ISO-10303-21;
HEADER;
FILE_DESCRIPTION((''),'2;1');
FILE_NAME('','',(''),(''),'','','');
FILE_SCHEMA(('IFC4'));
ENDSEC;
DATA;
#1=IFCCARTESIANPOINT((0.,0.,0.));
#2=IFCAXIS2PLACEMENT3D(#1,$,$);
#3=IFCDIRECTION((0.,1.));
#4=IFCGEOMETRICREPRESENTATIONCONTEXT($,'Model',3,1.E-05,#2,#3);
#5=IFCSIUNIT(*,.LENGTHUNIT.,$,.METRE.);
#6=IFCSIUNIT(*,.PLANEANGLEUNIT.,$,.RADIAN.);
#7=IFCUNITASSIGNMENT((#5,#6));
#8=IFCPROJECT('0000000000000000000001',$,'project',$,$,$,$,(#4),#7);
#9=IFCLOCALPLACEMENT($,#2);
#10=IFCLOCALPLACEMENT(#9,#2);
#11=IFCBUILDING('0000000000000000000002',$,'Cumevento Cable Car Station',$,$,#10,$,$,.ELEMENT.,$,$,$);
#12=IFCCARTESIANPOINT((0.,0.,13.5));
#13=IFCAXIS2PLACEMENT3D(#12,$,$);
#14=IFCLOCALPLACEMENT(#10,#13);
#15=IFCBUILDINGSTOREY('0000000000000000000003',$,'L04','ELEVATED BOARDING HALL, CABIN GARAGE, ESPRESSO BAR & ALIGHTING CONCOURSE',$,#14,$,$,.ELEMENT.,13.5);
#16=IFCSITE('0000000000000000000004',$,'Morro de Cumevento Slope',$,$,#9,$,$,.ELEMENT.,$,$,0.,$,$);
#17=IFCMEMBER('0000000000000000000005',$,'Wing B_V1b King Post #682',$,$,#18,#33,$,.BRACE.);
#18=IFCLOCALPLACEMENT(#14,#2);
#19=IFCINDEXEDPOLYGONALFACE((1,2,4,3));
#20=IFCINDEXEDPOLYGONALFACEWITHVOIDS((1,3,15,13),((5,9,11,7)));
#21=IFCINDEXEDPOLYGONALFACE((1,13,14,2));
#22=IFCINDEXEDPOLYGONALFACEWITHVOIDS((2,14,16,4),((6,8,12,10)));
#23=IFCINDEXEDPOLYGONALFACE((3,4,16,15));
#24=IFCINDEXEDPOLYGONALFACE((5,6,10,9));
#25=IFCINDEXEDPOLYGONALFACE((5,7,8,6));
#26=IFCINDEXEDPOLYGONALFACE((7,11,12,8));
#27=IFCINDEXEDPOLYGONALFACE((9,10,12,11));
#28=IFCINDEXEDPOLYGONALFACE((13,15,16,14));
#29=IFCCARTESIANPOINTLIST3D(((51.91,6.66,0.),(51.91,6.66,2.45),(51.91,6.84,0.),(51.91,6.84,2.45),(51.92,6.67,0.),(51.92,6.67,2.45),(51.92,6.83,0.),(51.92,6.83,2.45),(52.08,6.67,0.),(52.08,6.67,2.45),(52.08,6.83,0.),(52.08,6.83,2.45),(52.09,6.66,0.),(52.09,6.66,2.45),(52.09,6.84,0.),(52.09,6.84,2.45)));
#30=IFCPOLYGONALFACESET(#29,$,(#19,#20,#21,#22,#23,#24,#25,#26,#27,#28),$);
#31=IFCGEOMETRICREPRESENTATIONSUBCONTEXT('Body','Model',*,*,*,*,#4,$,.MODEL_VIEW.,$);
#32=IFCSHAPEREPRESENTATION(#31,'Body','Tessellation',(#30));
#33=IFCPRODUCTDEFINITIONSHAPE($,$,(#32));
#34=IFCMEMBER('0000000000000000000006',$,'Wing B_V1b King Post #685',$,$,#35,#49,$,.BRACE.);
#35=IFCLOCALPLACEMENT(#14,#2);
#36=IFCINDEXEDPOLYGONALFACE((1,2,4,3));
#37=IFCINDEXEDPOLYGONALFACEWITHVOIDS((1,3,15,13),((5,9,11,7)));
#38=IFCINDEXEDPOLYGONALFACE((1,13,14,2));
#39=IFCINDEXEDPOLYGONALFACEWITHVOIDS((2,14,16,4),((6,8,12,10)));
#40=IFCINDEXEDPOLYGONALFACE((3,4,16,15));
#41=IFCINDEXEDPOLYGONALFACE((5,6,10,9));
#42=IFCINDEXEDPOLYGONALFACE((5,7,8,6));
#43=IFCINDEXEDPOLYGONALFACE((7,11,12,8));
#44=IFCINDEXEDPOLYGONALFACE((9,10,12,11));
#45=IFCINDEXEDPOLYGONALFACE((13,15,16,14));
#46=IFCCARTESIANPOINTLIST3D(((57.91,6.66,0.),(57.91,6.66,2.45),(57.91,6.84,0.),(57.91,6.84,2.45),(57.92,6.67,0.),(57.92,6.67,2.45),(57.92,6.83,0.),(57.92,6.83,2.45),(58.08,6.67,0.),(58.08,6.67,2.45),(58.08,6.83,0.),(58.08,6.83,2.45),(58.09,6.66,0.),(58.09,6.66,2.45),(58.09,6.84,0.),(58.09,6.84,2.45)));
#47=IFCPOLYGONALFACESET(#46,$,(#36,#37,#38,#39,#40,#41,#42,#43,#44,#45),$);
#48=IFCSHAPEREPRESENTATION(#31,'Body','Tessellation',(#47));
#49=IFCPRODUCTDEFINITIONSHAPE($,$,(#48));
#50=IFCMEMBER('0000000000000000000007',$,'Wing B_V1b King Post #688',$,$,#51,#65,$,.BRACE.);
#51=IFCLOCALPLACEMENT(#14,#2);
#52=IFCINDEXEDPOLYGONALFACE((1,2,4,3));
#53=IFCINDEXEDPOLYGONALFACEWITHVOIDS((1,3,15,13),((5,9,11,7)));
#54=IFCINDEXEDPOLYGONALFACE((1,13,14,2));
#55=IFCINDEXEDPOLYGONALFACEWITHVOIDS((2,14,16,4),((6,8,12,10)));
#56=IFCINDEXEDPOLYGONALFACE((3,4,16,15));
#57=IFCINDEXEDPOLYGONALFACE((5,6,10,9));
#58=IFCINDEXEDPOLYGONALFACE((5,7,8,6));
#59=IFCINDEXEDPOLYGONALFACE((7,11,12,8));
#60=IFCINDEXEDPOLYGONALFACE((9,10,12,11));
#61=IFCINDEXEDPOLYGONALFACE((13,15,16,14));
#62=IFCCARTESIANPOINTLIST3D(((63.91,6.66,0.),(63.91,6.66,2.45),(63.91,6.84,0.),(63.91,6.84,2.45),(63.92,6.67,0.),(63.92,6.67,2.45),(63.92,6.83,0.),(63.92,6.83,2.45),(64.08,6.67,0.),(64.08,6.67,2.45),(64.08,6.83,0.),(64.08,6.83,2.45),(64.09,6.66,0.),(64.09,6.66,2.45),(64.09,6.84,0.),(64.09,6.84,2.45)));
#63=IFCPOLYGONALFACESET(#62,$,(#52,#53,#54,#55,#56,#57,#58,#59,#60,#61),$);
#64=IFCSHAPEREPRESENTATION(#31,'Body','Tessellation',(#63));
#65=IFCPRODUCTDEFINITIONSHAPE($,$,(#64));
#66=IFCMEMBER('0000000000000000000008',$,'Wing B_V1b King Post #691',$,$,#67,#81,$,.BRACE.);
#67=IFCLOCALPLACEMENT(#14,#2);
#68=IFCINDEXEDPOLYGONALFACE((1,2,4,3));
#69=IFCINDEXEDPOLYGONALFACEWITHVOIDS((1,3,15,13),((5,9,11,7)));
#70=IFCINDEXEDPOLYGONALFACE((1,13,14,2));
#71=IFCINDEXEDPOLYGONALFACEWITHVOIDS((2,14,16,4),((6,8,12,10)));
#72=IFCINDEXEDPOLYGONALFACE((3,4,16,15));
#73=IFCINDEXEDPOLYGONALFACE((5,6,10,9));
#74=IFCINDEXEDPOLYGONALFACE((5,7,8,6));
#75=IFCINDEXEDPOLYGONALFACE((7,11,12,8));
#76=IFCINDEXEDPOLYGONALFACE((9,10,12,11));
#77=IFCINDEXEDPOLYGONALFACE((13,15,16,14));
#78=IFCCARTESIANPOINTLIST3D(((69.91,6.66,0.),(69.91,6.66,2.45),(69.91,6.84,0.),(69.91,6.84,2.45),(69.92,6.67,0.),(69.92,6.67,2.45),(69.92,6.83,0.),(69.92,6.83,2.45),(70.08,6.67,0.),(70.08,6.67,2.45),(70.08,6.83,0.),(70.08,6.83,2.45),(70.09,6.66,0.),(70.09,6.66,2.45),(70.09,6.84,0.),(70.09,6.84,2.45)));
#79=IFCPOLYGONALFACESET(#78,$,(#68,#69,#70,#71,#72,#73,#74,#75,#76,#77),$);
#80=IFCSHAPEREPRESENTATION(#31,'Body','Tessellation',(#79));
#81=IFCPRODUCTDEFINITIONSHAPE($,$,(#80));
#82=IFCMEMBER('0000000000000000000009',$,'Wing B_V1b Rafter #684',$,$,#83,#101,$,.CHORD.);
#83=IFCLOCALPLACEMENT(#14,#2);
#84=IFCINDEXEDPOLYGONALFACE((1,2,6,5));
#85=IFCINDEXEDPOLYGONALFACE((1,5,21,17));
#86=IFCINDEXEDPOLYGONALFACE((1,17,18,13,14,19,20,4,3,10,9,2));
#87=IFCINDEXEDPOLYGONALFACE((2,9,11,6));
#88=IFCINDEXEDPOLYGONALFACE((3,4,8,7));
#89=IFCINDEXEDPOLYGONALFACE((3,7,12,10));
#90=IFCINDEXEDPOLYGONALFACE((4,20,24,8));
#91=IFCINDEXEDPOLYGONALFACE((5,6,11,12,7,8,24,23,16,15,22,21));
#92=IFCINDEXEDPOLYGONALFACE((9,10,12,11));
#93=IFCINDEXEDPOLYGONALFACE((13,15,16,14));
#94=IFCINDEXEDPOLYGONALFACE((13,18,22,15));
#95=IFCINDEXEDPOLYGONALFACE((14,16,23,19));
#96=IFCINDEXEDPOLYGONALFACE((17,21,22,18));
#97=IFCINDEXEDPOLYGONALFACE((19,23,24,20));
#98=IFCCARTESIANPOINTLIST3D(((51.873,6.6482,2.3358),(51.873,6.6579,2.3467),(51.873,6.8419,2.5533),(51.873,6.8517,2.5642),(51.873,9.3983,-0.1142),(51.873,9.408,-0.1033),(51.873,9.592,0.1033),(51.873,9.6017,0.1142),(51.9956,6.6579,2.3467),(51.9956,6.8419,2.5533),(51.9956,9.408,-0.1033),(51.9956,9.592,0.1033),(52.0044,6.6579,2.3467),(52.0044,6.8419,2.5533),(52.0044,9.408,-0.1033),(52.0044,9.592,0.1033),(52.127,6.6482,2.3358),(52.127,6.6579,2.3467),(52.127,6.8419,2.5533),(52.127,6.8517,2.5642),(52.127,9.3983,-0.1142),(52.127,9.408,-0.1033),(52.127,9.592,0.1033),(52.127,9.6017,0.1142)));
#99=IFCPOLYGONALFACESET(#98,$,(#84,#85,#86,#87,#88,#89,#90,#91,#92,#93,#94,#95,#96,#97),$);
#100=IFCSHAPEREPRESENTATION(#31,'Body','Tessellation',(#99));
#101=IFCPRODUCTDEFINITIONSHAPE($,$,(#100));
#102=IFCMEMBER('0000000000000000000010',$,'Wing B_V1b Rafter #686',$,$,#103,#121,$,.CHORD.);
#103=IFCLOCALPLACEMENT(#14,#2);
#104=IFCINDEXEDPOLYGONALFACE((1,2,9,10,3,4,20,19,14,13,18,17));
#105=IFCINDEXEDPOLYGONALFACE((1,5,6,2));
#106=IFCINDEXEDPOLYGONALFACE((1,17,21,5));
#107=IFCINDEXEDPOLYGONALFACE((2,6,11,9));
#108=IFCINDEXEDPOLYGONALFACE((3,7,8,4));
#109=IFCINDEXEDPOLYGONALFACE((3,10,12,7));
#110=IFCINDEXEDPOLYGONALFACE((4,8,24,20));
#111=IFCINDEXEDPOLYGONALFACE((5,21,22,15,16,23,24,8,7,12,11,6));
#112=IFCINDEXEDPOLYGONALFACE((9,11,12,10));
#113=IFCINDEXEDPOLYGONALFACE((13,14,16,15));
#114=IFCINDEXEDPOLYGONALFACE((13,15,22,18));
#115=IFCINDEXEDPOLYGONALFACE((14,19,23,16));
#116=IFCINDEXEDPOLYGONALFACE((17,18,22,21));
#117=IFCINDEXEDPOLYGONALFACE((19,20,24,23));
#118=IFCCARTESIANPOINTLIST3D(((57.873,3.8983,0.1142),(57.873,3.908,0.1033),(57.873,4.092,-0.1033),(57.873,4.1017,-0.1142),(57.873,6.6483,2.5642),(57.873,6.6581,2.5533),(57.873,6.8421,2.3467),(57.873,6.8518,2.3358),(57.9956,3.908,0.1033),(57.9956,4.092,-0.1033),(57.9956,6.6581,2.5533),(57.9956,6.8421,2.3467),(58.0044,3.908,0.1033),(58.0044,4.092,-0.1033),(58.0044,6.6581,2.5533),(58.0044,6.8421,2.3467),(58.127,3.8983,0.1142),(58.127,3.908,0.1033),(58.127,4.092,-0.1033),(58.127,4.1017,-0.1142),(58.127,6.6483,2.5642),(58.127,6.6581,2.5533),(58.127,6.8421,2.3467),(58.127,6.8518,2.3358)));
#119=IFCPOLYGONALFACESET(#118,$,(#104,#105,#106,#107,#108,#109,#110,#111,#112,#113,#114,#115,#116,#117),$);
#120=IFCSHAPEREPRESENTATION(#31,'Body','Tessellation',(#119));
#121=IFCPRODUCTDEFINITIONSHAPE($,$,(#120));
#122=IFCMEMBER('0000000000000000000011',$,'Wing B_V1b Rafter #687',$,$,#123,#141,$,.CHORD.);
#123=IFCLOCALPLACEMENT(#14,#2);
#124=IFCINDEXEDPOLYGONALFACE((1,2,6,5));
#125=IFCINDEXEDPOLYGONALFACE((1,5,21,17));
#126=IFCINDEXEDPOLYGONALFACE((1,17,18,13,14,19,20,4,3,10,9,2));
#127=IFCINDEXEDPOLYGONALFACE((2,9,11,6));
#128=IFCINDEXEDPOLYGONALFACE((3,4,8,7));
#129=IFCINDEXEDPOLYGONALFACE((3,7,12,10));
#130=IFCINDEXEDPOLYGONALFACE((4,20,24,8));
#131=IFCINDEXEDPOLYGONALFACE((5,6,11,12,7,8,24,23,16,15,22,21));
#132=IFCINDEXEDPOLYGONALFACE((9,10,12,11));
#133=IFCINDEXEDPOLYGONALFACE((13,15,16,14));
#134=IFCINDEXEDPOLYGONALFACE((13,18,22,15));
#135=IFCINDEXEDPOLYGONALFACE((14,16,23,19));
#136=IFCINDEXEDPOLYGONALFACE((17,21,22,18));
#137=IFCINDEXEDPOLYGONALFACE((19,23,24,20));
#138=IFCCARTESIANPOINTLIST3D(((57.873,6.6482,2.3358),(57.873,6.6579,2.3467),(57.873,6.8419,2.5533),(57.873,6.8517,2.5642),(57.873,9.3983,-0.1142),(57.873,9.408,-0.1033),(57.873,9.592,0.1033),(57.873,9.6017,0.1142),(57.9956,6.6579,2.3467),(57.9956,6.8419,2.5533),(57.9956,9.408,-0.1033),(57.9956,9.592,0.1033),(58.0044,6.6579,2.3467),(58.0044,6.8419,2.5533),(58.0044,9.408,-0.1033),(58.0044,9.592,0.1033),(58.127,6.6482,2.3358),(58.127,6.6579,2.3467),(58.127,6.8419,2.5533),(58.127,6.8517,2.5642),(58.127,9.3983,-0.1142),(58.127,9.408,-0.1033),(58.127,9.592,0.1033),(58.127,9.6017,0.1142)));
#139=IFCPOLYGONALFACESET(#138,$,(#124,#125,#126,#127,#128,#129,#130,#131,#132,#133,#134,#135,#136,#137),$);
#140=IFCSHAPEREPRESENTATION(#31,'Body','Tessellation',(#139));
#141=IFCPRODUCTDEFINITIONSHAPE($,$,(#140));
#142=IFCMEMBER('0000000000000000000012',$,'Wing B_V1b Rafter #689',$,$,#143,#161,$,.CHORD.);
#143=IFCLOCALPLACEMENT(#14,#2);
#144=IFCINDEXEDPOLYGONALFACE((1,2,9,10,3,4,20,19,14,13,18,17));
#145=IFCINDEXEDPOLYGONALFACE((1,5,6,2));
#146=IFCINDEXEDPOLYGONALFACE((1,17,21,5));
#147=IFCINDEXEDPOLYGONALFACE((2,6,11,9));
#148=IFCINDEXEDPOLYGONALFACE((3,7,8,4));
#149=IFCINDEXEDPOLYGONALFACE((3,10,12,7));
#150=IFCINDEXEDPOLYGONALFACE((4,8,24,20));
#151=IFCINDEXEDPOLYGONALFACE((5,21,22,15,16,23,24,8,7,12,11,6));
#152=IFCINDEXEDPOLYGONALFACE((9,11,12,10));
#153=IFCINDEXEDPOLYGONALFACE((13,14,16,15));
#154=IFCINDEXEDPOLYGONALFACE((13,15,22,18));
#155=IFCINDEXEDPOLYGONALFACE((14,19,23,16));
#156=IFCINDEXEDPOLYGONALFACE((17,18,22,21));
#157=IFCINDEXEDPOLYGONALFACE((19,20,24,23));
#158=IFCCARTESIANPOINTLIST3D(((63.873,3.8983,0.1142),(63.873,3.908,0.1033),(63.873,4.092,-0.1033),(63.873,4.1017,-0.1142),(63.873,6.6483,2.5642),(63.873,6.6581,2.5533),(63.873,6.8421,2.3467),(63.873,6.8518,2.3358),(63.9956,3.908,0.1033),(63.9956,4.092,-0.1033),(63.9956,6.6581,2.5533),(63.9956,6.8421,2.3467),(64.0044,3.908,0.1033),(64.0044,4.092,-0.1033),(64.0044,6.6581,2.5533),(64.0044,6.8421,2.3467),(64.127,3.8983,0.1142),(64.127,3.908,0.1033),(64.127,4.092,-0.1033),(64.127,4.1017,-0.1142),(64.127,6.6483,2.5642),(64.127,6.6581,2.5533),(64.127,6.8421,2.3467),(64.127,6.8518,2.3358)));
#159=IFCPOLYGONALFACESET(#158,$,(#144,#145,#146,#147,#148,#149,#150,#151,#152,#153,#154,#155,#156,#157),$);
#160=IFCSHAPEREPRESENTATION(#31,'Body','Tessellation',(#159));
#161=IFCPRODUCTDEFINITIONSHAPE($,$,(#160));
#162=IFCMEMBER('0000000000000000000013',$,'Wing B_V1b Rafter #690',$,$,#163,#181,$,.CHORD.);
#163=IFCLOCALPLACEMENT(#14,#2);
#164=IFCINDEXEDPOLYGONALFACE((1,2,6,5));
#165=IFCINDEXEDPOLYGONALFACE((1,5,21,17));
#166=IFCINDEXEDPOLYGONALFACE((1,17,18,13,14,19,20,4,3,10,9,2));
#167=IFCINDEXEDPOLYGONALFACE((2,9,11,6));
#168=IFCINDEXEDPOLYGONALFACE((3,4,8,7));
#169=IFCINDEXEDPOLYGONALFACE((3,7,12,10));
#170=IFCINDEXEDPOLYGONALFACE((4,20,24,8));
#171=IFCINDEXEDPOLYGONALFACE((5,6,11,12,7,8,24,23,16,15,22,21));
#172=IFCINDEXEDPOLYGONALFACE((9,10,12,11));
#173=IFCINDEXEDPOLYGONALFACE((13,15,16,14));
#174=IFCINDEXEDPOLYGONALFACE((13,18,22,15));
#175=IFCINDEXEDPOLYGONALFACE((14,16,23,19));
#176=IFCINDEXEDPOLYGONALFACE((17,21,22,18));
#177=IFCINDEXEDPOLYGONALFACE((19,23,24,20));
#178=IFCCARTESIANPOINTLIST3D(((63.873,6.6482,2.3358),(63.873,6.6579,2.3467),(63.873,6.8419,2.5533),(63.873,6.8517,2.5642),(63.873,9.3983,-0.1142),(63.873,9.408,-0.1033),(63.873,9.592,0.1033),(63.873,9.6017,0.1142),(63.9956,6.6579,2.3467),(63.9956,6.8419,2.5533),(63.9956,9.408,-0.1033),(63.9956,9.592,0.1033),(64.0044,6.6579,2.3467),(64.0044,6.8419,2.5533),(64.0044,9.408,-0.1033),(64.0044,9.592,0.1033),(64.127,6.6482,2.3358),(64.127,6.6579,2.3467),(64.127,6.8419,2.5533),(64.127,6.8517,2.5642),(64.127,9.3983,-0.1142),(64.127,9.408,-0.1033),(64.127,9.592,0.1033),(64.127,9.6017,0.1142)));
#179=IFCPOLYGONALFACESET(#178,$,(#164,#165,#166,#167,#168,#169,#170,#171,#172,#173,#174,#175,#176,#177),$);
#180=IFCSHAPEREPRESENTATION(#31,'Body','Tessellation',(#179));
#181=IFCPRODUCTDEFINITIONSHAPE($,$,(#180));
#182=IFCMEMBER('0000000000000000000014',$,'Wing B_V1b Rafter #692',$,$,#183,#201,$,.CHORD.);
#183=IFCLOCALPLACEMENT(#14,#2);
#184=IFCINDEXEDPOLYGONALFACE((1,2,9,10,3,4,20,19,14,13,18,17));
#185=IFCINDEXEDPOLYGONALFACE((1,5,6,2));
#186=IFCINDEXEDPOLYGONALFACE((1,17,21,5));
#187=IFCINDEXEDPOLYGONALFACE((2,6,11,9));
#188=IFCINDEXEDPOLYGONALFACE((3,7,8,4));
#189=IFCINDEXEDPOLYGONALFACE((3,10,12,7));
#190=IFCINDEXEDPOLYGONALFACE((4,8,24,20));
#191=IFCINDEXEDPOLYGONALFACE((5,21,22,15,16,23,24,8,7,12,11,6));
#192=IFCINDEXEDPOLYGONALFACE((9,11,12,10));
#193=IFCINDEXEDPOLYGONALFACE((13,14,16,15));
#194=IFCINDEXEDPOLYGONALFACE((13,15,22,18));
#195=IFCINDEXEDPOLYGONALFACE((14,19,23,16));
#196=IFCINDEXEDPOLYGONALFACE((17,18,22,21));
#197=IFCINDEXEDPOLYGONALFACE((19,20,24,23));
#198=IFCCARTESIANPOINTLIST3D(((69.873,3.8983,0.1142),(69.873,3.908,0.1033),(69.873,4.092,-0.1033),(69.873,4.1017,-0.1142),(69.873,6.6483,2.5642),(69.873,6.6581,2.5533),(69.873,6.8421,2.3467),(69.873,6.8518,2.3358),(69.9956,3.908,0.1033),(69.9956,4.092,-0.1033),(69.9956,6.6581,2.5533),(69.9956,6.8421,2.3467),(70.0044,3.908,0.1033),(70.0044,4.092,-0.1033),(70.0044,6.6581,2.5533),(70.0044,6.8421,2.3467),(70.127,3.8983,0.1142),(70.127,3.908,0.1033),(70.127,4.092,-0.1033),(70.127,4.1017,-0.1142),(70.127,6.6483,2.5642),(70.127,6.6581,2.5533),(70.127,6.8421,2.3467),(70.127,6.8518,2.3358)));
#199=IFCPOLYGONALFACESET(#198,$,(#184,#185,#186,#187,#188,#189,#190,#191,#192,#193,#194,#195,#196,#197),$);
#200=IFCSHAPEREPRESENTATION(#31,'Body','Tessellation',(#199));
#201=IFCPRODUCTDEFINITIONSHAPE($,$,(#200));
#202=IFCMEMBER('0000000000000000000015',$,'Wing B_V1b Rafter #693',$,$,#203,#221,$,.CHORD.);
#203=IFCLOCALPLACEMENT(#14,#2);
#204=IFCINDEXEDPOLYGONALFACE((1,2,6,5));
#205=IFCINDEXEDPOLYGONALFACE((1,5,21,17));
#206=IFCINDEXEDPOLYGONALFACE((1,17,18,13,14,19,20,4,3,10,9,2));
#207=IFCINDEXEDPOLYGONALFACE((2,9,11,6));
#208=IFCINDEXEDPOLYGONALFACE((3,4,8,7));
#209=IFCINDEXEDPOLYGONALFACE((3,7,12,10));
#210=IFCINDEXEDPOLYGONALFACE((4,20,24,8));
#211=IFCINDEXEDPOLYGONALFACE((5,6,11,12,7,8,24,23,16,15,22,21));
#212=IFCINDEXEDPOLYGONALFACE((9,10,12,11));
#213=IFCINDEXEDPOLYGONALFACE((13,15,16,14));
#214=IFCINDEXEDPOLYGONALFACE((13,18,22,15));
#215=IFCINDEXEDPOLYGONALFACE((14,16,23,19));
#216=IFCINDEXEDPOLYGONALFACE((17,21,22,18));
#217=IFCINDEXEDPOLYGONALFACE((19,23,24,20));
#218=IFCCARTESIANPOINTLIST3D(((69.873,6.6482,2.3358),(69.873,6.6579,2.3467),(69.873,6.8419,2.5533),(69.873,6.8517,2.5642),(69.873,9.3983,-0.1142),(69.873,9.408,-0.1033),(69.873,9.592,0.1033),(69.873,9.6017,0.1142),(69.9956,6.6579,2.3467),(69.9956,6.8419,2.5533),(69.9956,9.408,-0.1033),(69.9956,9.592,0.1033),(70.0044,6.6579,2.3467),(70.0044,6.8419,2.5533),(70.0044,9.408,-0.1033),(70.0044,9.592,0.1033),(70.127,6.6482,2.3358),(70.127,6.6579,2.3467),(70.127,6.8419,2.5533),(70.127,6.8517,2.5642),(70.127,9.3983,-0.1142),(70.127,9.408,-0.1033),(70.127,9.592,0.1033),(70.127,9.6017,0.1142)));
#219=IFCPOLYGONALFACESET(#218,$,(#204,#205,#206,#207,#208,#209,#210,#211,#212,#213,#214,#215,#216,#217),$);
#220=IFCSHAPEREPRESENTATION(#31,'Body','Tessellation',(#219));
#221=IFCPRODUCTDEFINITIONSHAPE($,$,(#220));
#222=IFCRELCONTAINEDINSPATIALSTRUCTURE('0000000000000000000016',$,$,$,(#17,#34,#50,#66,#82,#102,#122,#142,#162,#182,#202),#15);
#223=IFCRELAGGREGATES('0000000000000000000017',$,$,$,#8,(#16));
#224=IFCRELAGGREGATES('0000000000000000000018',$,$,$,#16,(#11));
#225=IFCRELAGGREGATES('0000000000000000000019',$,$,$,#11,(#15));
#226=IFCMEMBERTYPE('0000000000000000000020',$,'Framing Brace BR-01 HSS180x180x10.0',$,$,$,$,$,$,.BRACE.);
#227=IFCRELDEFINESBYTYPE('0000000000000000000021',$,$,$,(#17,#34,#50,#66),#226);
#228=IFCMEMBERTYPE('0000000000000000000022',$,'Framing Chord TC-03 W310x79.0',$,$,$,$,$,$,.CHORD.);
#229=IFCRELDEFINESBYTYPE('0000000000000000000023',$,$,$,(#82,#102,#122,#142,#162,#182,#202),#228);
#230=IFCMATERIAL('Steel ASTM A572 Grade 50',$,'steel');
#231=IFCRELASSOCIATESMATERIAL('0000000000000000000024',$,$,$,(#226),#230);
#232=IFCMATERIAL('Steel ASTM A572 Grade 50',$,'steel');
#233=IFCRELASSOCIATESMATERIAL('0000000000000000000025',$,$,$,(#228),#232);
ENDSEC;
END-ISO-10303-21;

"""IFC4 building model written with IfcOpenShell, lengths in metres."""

from ifc_helpers import new_model, si_unit, direction, frame, origin, origin_2d, place, context, subcontext, project, spatial, hollow_rectangle, i_section, extrude, material, material_profile, profile_set, type_object, element, save


model = new_model("IFC4")

# Units and contexts
model_context = context("Model", 3, precision=1e-05, world=origin(), true_north=direction((0.0, 1.0)))
body_context = subcontext(model_context, "Body", "Model", "MODEL_VIEW")
ifc_project = project(units=[si_unit("LENGTHUNIT", "METRE"), si_unit("PLANEANGLEUNIT", "RADIAN")], contexts=[model_context])

# Site, building, storey
site_placement = place(None, origin())
site = spatial("IfcSite", under=ifc_project, at=site_placement, Name="Morro de Cumevento Slope", CompositionType="ELEMENT", RefElevation=0.0)
building_placement = place(site_placement, origin())
building = spatial("IfcBuilding", under=site, at=building_placement, Name="Cumevento Cable Car Station", CompositionType="ELEMENT")
storey_placement = place(building_placement, frame((0.0, 0.0, 13.5)))
storey = spatial("IfcBuildingStorey", under=building, at=storey_placement, Name="L04", Description="ELEVATED BOARDING HALL, CABIN GARAGE, ESPRESSO BAR & ALIGHTING CONCOURSE", CompositionType="ELEMENT", Elevation=13.5)

# Members
ifc_material_1 = material(Name="Steel ASTM A572 Grade 50", Category="steel")
ifc_material_profile_1 = material_profile(ifc_material_1, hollow_rectangle(XDim=0.1799, YDim=0.1799, WallThickness=0.01, at=origin_2d()), Name="HSS180x180x10.0")
ifc_profile_set_1 = profile_set([ifc_material_profile_1], Name="Steel ASTM A572 Grade 50")
member_type_1 = type_object("IfcMemberType", Name="Framing Brace BR-01 HSS180x180x10.0", PredefinedType="BRACE", material=ifc_profile_set_1)
for number, where, z_axis, x_axis, name in (
    (1, (52.0, 6.75, 0.0), (0.0, 0.0, 1.0), (1.0, 0.0, 0.0), "Wing B_V1b King Post #682"),
    (2, (58.0, 6.75, 0.0), (0.0, 0.0, 1.0), (1.0, 0.0, 0.0), "Wing B_V1b King Post #685"),
    (3, (64.0, 6.75, 0.0), (0.0, 0.0, 1.0), (1.0, 0.0, 0.0), "Wing B_V1b King Post #688"),
    (4, (70.0, 6.75, 0.0), (0.0, 0.0, 1.0), (1.0, 0.0, 0.0), "Wing B_V1b King Post #691"),
):
    element("IfcMember", number, at=place(storey_placement, frame(where, z_axis=z_axis, x_axis=x_axis)), inside=storey, type_object=member_type_1, Name=name, PredefinedType="BRACE", context=body_context, shape_type="SweptSolid", body=[
        extrude(hollow_rectangle(XDim=0.1799, YDim=0.1799, WallThickness=0.01, at=origin_2d()), origin(), (0.0, 0.0, 1.0), 2.45),
    ])
ifc_material_2 = material(Name="Steel ASTM A572 Grade 50", Category="steel")
ifc_material_profile_2 = material_profile(ifc_material_2, i_section(OverallWidth=0.2539, OverallDepth=0.3059, WebThickness=0.0088, FlangeThickness=0.0146, at=origin_2d()), Name="W310x79.0")
ifc_profile_set_2 = profile_set([ifc_material_profile_2], Name="Steel ASTM A572 Grade 50")
member_type_2 = type_object("IfcMemberType", Name="Framing Chord TC-03 W310x79.0", PredefinedType="CHORD", material=ifc_profile_set_2)
for number, where, z_axis, x_axis, name in (
    (5, (52.0, 9.5, 0.0), (0.0, -0.746666, 0.665199), (1.0, 0.0, 0.0), "Wing B_V1b Rafter #684"),
    (6, (58.0, 4.0, 0.0), (0.0, 0.746666, 0.665199), (-1.0, 0.0, 0.0), "Wing B_V1b Rafter #686"),
    (7, (58.0, 9.5, 0.0), (0.0, -0.746666, 0.665199), (1.0, 0.0, 0.0), "Wing B_V1b Rafter #687"),
    (8, (64.0, 4.0, 0.0), (0.0, 0.746666, 0.665199), (-1.0, 0.0, 0.0), "Wing B_V1b Rafter #689"),
    (9, (64.0, 9.5, 0.0), (0.0, -0.746666, 0.665199), (1.0, 0.0, 0.0), "Wing B_V1b Rafter #690"),
    (10, (70.0, 4.0, 0.0), (0.0, 0.746666, 0.665199), (-1.0, 0.0, 0.0), "Wing B_V1b Rafter #692"),
    (11, (70.0, 9.5, 0.0), (0.0, -0.746666, 0.665199), (1.0, 0.0, 0.0), "Wing B_V1b Rafter #693"),
):
    element("IfcMember", number, at=place(storey_placement, frame(where, z_axis=z_axis, x_axis=x_axis)), inside=storey, type_object=member_type_2, Name=name, PredefinedType="CHORD", context=body_context, shape_type="SweptSolid", body=[
        extrude(i_section(OverallWidth=0.2539, OverallDepth=0.3059, WebThickness=0.0088, FlangeThickness=0.0146, at=origin_2d()), origin(), (0.0, 0.0, 1.0), 3.6831),
    ])

save(model, "model.ifc")
